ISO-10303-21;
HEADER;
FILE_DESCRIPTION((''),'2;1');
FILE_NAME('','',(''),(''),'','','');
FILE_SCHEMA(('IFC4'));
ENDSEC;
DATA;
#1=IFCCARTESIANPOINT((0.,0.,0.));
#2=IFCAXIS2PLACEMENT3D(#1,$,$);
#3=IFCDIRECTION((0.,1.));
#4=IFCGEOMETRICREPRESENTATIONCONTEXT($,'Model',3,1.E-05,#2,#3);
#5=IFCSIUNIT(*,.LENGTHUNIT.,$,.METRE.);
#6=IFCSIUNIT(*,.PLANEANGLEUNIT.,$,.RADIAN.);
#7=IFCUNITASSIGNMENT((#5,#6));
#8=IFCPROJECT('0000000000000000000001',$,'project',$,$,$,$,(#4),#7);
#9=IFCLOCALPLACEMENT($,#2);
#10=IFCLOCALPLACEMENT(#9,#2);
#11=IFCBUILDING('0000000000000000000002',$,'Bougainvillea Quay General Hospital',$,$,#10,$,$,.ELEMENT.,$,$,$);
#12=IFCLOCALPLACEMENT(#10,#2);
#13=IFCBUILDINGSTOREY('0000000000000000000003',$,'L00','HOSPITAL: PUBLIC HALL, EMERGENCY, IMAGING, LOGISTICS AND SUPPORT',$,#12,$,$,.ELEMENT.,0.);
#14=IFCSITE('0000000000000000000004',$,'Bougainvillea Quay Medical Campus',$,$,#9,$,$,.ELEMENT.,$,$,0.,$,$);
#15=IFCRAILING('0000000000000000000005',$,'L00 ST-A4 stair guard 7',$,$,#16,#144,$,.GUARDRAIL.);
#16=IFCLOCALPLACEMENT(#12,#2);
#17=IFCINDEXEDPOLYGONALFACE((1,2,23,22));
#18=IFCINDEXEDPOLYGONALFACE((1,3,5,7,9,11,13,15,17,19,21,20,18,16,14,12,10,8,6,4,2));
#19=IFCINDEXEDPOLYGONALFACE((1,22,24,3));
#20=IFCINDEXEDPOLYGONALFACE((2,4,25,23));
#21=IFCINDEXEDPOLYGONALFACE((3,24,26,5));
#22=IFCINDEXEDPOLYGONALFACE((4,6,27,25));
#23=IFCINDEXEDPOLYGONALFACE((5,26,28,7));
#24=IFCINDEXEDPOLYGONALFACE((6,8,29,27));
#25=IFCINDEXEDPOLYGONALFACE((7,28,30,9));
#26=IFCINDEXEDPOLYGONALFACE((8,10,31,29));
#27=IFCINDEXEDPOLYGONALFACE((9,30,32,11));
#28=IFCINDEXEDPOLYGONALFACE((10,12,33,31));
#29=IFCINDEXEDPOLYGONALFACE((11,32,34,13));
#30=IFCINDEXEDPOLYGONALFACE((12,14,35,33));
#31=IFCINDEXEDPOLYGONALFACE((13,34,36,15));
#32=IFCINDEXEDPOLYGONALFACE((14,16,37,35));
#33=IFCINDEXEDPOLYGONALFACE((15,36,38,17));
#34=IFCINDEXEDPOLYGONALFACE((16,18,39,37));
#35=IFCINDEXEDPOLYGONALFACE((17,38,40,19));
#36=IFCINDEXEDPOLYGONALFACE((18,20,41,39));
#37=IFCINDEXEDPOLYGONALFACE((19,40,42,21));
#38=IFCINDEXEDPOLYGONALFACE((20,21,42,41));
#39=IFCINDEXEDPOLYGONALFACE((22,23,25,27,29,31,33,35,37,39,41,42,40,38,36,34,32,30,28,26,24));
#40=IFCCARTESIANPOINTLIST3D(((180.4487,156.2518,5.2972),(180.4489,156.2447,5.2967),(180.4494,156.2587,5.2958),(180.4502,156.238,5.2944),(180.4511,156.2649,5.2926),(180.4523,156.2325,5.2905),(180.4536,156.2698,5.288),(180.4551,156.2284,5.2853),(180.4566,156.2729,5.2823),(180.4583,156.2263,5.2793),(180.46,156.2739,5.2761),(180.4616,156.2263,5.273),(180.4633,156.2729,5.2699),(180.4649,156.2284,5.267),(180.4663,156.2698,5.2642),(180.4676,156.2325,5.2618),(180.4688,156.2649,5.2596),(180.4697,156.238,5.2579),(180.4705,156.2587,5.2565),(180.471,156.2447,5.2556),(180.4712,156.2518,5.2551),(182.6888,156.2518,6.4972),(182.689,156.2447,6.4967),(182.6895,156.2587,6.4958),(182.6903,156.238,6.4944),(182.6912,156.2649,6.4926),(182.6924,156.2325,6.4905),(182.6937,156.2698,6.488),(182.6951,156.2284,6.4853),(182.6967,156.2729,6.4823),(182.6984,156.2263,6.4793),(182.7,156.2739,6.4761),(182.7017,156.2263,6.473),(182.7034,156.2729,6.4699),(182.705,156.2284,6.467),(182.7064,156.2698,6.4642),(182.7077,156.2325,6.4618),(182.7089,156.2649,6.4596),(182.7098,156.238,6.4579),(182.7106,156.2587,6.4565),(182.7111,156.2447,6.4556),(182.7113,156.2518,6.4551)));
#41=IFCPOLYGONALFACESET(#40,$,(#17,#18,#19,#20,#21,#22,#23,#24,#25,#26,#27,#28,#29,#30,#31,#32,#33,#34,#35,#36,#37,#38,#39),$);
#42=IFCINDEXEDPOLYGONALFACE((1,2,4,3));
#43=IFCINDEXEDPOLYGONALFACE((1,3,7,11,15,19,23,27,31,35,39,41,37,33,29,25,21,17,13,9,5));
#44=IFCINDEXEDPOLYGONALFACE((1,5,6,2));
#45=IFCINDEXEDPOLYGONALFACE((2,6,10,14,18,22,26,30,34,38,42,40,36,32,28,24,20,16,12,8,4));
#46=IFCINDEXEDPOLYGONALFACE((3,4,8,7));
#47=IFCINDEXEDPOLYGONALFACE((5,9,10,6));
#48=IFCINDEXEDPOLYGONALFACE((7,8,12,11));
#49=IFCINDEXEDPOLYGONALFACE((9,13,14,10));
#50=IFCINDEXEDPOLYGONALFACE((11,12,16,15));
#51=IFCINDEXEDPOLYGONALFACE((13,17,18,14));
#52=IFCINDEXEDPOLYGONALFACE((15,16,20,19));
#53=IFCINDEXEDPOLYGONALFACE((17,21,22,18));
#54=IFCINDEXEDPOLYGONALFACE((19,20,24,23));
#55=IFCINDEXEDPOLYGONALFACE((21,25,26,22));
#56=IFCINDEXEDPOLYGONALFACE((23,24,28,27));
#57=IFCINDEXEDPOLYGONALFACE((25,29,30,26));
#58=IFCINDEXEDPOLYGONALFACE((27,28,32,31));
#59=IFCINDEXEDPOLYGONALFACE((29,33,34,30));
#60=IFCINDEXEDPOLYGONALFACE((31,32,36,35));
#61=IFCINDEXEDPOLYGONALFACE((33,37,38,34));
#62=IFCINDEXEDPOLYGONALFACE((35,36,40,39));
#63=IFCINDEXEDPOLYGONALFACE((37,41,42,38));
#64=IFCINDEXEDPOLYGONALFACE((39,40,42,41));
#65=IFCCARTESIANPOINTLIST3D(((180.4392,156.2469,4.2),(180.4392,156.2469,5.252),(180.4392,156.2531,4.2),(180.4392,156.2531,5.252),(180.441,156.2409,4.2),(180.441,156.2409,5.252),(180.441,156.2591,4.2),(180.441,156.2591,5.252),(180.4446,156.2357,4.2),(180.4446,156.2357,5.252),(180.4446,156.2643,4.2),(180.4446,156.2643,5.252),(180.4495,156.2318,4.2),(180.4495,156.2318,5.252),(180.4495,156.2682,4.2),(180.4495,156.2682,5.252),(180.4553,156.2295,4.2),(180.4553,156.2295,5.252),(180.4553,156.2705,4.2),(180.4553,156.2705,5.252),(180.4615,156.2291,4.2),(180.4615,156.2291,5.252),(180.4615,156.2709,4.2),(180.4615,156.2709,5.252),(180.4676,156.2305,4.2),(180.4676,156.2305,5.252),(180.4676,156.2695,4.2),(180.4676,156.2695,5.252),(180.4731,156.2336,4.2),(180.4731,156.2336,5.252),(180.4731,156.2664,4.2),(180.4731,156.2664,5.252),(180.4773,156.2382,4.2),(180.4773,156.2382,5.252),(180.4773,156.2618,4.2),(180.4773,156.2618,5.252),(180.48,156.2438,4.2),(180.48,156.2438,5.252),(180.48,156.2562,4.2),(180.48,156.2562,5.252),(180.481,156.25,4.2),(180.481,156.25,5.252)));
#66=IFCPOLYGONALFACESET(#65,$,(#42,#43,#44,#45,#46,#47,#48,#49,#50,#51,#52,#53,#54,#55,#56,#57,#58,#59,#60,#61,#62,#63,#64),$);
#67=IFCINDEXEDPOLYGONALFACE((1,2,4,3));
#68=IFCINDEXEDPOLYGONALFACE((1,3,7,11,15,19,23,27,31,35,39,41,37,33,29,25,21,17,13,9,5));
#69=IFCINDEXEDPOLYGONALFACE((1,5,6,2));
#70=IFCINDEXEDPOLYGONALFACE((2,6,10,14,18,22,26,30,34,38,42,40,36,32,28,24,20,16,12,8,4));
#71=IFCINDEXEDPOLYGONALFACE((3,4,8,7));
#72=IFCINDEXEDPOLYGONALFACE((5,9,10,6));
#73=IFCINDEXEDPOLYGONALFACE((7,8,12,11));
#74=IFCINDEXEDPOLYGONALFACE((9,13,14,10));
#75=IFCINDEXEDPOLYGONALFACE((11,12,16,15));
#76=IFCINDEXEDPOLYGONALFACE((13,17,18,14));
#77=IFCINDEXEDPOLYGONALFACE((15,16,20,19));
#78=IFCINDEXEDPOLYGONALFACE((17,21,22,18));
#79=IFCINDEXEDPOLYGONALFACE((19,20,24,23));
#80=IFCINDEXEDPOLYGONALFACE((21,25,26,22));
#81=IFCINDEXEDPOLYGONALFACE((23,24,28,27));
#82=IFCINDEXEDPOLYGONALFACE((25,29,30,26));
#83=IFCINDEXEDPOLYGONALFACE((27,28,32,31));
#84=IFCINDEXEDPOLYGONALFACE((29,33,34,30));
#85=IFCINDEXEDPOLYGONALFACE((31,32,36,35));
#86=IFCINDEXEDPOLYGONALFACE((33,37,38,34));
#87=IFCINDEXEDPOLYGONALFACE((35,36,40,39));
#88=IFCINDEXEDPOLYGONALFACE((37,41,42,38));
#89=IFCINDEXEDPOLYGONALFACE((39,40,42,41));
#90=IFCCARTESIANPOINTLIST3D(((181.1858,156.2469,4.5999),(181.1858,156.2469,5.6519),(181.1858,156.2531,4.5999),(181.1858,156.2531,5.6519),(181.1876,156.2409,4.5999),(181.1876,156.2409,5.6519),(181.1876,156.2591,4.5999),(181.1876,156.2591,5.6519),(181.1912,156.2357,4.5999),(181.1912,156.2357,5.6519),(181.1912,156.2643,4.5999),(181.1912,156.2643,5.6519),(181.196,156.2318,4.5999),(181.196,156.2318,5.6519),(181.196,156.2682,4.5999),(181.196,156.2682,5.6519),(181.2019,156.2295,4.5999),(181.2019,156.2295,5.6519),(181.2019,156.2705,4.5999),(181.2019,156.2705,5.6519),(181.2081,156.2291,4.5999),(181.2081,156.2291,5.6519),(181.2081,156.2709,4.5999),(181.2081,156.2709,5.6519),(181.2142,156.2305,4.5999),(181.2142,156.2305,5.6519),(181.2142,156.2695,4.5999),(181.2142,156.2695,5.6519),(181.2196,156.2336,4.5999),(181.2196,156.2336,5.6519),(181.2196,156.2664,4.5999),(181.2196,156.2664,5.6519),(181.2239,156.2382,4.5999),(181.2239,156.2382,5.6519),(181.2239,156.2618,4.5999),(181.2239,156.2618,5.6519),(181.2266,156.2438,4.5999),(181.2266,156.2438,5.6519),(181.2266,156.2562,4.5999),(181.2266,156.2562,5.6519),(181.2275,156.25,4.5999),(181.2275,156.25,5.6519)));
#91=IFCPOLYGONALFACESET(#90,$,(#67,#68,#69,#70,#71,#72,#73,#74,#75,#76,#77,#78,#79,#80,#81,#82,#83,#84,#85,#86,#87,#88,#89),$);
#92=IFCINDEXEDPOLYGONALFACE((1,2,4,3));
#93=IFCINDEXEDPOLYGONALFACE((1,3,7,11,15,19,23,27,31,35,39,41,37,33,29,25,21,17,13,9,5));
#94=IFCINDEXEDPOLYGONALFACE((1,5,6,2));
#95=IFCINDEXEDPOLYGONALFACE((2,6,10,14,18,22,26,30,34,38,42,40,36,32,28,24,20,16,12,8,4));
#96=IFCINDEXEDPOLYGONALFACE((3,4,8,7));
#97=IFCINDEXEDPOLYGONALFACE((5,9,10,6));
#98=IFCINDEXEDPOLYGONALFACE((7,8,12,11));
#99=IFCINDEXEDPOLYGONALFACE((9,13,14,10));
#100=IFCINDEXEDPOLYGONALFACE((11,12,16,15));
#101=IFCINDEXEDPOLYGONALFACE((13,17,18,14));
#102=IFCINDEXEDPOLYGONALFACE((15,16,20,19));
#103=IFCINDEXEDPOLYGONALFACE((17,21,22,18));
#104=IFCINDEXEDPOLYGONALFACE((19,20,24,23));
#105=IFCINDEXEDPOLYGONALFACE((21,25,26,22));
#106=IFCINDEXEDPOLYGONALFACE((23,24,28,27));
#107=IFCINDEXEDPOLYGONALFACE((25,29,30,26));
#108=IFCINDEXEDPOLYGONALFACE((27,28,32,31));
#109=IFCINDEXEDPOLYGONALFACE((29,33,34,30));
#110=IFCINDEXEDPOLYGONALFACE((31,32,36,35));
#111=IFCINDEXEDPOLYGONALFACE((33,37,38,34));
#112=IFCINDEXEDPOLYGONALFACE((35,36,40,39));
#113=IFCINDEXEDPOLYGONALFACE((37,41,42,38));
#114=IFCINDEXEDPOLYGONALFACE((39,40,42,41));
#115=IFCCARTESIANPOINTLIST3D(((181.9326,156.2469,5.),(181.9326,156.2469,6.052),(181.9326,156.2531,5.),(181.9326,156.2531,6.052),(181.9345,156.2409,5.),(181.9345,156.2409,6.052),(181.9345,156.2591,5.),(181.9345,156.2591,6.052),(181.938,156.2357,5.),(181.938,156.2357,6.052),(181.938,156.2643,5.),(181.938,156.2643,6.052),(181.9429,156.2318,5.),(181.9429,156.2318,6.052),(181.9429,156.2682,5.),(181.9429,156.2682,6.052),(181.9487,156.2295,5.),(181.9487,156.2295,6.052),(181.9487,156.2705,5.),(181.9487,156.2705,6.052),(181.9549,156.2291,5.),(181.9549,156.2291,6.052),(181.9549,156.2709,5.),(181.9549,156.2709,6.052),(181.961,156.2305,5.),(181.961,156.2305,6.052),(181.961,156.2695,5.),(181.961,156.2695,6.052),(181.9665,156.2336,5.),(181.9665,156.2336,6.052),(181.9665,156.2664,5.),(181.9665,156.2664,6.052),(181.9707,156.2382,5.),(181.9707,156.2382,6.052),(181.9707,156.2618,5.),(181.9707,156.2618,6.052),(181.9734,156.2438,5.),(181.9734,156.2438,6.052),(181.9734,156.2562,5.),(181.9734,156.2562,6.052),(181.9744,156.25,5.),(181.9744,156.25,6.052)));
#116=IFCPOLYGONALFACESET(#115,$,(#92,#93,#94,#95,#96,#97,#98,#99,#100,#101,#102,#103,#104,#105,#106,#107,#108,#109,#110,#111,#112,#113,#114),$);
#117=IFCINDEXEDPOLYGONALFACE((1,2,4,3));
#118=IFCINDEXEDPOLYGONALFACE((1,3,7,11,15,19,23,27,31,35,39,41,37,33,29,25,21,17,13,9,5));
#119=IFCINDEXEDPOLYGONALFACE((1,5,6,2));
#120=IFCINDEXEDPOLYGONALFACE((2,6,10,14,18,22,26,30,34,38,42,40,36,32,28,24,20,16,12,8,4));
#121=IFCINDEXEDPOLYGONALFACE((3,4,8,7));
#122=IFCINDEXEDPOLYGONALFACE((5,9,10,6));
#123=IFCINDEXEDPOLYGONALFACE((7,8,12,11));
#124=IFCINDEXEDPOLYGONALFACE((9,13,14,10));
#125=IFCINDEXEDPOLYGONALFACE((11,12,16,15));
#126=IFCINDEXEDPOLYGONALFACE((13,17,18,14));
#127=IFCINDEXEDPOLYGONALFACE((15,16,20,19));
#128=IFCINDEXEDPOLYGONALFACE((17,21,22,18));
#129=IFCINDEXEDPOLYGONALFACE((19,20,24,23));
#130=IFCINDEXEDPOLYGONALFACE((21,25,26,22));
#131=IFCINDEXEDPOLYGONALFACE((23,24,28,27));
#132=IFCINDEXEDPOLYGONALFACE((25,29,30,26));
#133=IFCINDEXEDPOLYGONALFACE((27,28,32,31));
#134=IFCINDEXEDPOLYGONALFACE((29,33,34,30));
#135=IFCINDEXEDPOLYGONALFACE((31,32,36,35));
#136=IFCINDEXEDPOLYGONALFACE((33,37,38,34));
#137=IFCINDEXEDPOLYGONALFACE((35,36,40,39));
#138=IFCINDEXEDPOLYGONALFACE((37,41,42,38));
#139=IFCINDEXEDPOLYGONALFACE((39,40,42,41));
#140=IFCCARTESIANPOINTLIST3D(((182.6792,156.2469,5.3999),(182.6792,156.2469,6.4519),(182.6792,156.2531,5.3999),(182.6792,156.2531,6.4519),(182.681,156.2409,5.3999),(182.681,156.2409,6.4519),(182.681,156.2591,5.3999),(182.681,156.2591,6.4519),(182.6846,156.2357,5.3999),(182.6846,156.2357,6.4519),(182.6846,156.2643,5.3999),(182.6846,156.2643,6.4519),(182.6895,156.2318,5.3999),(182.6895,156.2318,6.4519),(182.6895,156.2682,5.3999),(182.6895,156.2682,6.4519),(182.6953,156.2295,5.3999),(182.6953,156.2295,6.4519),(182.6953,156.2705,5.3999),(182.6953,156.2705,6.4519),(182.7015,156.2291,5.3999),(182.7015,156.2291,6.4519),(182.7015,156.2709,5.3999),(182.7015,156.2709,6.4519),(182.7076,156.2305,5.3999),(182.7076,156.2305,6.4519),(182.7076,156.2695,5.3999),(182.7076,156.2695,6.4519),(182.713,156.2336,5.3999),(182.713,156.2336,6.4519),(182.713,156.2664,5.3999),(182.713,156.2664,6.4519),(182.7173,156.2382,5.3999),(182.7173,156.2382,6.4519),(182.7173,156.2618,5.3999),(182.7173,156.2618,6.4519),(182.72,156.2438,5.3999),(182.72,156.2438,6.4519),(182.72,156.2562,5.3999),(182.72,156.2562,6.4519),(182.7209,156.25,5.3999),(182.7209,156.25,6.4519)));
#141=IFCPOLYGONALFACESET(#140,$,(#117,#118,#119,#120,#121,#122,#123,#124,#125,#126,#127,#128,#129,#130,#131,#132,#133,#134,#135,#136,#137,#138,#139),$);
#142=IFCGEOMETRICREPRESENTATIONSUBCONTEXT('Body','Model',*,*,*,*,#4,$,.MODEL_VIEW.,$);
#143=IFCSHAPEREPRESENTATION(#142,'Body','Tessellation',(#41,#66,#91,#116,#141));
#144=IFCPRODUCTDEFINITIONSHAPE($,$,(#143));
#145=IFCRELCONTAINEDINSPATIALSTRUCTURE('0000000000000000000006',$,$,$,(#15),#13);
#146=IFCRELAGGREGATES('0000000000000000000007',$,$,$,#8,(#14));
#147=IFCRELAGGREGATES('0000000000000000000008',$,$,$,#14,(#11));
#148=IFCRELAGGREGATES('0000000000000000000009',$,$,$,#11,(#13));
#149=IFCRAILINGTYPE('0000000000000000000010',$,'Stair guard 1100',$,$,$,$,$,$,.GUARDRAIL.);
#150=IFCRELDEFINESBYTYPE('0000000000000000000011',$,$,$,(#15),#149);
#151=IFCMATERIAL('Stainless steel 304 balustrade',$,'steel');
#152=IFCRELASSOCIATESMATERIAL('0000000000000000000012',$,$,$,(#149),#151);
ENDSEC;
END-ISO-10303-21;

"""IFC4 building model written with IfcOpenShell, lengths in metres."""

from ifc_helpers import new_model, si_unit, direction, frame, origin, origin_2d, place, context, subcontext, project, spatial, circle, extrude, material, type_object, element, save


model = new_model("IFC4")

# Units and contexts
model_context = context("Model", 3, precision=1e-05, world=origin(), true_north=direction((0.0, 1.0)))
body_context = subcontext(model_context, "Body", "Model", "MODEL_VIEW")
ifc_project = project(units=[si_unit("LENGTHUNIT", "METRE"), si_unit("PLANEANGLEUNIT", "RADIAN")], contexts=[model_context])

# Site, building, storey
site_placement = place(None, origin())
site = spatial("IfcSite", under=ifc_project, at=site_placement, Name="Bougainvillea Quay Medical Campus", CompositionType="ELEMENT", RefElevation=0.0)
building_placement = place(site_placement, origin())
building = spatial("IfcBuilding", under=site, at=building_placement, Name="Bougainvillea Quay General Hospital", CompositionType="ELEMENT")
storey_placement = place(building_placement, origin())
storey = spatial("IfcBuildingStorey", under=building, at=storey_placement, Name="L00", Description="HOSPITAL: PUBLIC HALL, EMERGENCY, IMAGING, LOGISTICS AND SUPPORT", CompositionType="ELEMENT", Elevation=0.0)

# Railing
ifc_material_1 = material(Name="Stainless steel 304 balustrade", Category="steel")
railing_type_1 = type_object("IfcRailingType", Name="Stair guard 1100", PredefinedType="GUARDRAIL", material=ifc_material_1)
railing_1_placement = place(storey_placement, frame((180.46, 156.25, 4.2)))
element("IfcRailing", 1, at=railing_1_placement, inside=storey, type_object=railing_type_1, Name="L00 ST-A4 stair guard 7", PredefinedType="GUARDRAIL", context=body_context, shape_type="SweptSolid", body=[
    extrude(circle(Radius=0.0239, at=origin_2d()), frame((0.0, 0.0, 1.0762), z_axis=(0.881487, 0.0, 0.472208), x_axis=(0.0, 1.0, 0.0)), (0.0, 0.0, 1.0), 2.5413),
    extrude(circle(Radius=0.021, at=origin_2d()), origin(), (0.0, 0.0, 1.0), 1.052),
    extrude(circle(Radius=0.021, at=origin_2d()), frame((0.7466, 0.0, 0.3999)), (0.0, 0.0, 1.0), 1.052),
    extrude(circle(Radius=0.021, at=origin_2d()), frame((1.4934, 0.0, 0.8)), (0.0, 0.0, 1.0), 1.052),
    extrude(circle(Radius=0.021, at=origin_2d()), frame((2.24, 0.0, 1.2)), (0.0, 0.0, 1.0), 1.052),
])

save(model, "model.ifc")
